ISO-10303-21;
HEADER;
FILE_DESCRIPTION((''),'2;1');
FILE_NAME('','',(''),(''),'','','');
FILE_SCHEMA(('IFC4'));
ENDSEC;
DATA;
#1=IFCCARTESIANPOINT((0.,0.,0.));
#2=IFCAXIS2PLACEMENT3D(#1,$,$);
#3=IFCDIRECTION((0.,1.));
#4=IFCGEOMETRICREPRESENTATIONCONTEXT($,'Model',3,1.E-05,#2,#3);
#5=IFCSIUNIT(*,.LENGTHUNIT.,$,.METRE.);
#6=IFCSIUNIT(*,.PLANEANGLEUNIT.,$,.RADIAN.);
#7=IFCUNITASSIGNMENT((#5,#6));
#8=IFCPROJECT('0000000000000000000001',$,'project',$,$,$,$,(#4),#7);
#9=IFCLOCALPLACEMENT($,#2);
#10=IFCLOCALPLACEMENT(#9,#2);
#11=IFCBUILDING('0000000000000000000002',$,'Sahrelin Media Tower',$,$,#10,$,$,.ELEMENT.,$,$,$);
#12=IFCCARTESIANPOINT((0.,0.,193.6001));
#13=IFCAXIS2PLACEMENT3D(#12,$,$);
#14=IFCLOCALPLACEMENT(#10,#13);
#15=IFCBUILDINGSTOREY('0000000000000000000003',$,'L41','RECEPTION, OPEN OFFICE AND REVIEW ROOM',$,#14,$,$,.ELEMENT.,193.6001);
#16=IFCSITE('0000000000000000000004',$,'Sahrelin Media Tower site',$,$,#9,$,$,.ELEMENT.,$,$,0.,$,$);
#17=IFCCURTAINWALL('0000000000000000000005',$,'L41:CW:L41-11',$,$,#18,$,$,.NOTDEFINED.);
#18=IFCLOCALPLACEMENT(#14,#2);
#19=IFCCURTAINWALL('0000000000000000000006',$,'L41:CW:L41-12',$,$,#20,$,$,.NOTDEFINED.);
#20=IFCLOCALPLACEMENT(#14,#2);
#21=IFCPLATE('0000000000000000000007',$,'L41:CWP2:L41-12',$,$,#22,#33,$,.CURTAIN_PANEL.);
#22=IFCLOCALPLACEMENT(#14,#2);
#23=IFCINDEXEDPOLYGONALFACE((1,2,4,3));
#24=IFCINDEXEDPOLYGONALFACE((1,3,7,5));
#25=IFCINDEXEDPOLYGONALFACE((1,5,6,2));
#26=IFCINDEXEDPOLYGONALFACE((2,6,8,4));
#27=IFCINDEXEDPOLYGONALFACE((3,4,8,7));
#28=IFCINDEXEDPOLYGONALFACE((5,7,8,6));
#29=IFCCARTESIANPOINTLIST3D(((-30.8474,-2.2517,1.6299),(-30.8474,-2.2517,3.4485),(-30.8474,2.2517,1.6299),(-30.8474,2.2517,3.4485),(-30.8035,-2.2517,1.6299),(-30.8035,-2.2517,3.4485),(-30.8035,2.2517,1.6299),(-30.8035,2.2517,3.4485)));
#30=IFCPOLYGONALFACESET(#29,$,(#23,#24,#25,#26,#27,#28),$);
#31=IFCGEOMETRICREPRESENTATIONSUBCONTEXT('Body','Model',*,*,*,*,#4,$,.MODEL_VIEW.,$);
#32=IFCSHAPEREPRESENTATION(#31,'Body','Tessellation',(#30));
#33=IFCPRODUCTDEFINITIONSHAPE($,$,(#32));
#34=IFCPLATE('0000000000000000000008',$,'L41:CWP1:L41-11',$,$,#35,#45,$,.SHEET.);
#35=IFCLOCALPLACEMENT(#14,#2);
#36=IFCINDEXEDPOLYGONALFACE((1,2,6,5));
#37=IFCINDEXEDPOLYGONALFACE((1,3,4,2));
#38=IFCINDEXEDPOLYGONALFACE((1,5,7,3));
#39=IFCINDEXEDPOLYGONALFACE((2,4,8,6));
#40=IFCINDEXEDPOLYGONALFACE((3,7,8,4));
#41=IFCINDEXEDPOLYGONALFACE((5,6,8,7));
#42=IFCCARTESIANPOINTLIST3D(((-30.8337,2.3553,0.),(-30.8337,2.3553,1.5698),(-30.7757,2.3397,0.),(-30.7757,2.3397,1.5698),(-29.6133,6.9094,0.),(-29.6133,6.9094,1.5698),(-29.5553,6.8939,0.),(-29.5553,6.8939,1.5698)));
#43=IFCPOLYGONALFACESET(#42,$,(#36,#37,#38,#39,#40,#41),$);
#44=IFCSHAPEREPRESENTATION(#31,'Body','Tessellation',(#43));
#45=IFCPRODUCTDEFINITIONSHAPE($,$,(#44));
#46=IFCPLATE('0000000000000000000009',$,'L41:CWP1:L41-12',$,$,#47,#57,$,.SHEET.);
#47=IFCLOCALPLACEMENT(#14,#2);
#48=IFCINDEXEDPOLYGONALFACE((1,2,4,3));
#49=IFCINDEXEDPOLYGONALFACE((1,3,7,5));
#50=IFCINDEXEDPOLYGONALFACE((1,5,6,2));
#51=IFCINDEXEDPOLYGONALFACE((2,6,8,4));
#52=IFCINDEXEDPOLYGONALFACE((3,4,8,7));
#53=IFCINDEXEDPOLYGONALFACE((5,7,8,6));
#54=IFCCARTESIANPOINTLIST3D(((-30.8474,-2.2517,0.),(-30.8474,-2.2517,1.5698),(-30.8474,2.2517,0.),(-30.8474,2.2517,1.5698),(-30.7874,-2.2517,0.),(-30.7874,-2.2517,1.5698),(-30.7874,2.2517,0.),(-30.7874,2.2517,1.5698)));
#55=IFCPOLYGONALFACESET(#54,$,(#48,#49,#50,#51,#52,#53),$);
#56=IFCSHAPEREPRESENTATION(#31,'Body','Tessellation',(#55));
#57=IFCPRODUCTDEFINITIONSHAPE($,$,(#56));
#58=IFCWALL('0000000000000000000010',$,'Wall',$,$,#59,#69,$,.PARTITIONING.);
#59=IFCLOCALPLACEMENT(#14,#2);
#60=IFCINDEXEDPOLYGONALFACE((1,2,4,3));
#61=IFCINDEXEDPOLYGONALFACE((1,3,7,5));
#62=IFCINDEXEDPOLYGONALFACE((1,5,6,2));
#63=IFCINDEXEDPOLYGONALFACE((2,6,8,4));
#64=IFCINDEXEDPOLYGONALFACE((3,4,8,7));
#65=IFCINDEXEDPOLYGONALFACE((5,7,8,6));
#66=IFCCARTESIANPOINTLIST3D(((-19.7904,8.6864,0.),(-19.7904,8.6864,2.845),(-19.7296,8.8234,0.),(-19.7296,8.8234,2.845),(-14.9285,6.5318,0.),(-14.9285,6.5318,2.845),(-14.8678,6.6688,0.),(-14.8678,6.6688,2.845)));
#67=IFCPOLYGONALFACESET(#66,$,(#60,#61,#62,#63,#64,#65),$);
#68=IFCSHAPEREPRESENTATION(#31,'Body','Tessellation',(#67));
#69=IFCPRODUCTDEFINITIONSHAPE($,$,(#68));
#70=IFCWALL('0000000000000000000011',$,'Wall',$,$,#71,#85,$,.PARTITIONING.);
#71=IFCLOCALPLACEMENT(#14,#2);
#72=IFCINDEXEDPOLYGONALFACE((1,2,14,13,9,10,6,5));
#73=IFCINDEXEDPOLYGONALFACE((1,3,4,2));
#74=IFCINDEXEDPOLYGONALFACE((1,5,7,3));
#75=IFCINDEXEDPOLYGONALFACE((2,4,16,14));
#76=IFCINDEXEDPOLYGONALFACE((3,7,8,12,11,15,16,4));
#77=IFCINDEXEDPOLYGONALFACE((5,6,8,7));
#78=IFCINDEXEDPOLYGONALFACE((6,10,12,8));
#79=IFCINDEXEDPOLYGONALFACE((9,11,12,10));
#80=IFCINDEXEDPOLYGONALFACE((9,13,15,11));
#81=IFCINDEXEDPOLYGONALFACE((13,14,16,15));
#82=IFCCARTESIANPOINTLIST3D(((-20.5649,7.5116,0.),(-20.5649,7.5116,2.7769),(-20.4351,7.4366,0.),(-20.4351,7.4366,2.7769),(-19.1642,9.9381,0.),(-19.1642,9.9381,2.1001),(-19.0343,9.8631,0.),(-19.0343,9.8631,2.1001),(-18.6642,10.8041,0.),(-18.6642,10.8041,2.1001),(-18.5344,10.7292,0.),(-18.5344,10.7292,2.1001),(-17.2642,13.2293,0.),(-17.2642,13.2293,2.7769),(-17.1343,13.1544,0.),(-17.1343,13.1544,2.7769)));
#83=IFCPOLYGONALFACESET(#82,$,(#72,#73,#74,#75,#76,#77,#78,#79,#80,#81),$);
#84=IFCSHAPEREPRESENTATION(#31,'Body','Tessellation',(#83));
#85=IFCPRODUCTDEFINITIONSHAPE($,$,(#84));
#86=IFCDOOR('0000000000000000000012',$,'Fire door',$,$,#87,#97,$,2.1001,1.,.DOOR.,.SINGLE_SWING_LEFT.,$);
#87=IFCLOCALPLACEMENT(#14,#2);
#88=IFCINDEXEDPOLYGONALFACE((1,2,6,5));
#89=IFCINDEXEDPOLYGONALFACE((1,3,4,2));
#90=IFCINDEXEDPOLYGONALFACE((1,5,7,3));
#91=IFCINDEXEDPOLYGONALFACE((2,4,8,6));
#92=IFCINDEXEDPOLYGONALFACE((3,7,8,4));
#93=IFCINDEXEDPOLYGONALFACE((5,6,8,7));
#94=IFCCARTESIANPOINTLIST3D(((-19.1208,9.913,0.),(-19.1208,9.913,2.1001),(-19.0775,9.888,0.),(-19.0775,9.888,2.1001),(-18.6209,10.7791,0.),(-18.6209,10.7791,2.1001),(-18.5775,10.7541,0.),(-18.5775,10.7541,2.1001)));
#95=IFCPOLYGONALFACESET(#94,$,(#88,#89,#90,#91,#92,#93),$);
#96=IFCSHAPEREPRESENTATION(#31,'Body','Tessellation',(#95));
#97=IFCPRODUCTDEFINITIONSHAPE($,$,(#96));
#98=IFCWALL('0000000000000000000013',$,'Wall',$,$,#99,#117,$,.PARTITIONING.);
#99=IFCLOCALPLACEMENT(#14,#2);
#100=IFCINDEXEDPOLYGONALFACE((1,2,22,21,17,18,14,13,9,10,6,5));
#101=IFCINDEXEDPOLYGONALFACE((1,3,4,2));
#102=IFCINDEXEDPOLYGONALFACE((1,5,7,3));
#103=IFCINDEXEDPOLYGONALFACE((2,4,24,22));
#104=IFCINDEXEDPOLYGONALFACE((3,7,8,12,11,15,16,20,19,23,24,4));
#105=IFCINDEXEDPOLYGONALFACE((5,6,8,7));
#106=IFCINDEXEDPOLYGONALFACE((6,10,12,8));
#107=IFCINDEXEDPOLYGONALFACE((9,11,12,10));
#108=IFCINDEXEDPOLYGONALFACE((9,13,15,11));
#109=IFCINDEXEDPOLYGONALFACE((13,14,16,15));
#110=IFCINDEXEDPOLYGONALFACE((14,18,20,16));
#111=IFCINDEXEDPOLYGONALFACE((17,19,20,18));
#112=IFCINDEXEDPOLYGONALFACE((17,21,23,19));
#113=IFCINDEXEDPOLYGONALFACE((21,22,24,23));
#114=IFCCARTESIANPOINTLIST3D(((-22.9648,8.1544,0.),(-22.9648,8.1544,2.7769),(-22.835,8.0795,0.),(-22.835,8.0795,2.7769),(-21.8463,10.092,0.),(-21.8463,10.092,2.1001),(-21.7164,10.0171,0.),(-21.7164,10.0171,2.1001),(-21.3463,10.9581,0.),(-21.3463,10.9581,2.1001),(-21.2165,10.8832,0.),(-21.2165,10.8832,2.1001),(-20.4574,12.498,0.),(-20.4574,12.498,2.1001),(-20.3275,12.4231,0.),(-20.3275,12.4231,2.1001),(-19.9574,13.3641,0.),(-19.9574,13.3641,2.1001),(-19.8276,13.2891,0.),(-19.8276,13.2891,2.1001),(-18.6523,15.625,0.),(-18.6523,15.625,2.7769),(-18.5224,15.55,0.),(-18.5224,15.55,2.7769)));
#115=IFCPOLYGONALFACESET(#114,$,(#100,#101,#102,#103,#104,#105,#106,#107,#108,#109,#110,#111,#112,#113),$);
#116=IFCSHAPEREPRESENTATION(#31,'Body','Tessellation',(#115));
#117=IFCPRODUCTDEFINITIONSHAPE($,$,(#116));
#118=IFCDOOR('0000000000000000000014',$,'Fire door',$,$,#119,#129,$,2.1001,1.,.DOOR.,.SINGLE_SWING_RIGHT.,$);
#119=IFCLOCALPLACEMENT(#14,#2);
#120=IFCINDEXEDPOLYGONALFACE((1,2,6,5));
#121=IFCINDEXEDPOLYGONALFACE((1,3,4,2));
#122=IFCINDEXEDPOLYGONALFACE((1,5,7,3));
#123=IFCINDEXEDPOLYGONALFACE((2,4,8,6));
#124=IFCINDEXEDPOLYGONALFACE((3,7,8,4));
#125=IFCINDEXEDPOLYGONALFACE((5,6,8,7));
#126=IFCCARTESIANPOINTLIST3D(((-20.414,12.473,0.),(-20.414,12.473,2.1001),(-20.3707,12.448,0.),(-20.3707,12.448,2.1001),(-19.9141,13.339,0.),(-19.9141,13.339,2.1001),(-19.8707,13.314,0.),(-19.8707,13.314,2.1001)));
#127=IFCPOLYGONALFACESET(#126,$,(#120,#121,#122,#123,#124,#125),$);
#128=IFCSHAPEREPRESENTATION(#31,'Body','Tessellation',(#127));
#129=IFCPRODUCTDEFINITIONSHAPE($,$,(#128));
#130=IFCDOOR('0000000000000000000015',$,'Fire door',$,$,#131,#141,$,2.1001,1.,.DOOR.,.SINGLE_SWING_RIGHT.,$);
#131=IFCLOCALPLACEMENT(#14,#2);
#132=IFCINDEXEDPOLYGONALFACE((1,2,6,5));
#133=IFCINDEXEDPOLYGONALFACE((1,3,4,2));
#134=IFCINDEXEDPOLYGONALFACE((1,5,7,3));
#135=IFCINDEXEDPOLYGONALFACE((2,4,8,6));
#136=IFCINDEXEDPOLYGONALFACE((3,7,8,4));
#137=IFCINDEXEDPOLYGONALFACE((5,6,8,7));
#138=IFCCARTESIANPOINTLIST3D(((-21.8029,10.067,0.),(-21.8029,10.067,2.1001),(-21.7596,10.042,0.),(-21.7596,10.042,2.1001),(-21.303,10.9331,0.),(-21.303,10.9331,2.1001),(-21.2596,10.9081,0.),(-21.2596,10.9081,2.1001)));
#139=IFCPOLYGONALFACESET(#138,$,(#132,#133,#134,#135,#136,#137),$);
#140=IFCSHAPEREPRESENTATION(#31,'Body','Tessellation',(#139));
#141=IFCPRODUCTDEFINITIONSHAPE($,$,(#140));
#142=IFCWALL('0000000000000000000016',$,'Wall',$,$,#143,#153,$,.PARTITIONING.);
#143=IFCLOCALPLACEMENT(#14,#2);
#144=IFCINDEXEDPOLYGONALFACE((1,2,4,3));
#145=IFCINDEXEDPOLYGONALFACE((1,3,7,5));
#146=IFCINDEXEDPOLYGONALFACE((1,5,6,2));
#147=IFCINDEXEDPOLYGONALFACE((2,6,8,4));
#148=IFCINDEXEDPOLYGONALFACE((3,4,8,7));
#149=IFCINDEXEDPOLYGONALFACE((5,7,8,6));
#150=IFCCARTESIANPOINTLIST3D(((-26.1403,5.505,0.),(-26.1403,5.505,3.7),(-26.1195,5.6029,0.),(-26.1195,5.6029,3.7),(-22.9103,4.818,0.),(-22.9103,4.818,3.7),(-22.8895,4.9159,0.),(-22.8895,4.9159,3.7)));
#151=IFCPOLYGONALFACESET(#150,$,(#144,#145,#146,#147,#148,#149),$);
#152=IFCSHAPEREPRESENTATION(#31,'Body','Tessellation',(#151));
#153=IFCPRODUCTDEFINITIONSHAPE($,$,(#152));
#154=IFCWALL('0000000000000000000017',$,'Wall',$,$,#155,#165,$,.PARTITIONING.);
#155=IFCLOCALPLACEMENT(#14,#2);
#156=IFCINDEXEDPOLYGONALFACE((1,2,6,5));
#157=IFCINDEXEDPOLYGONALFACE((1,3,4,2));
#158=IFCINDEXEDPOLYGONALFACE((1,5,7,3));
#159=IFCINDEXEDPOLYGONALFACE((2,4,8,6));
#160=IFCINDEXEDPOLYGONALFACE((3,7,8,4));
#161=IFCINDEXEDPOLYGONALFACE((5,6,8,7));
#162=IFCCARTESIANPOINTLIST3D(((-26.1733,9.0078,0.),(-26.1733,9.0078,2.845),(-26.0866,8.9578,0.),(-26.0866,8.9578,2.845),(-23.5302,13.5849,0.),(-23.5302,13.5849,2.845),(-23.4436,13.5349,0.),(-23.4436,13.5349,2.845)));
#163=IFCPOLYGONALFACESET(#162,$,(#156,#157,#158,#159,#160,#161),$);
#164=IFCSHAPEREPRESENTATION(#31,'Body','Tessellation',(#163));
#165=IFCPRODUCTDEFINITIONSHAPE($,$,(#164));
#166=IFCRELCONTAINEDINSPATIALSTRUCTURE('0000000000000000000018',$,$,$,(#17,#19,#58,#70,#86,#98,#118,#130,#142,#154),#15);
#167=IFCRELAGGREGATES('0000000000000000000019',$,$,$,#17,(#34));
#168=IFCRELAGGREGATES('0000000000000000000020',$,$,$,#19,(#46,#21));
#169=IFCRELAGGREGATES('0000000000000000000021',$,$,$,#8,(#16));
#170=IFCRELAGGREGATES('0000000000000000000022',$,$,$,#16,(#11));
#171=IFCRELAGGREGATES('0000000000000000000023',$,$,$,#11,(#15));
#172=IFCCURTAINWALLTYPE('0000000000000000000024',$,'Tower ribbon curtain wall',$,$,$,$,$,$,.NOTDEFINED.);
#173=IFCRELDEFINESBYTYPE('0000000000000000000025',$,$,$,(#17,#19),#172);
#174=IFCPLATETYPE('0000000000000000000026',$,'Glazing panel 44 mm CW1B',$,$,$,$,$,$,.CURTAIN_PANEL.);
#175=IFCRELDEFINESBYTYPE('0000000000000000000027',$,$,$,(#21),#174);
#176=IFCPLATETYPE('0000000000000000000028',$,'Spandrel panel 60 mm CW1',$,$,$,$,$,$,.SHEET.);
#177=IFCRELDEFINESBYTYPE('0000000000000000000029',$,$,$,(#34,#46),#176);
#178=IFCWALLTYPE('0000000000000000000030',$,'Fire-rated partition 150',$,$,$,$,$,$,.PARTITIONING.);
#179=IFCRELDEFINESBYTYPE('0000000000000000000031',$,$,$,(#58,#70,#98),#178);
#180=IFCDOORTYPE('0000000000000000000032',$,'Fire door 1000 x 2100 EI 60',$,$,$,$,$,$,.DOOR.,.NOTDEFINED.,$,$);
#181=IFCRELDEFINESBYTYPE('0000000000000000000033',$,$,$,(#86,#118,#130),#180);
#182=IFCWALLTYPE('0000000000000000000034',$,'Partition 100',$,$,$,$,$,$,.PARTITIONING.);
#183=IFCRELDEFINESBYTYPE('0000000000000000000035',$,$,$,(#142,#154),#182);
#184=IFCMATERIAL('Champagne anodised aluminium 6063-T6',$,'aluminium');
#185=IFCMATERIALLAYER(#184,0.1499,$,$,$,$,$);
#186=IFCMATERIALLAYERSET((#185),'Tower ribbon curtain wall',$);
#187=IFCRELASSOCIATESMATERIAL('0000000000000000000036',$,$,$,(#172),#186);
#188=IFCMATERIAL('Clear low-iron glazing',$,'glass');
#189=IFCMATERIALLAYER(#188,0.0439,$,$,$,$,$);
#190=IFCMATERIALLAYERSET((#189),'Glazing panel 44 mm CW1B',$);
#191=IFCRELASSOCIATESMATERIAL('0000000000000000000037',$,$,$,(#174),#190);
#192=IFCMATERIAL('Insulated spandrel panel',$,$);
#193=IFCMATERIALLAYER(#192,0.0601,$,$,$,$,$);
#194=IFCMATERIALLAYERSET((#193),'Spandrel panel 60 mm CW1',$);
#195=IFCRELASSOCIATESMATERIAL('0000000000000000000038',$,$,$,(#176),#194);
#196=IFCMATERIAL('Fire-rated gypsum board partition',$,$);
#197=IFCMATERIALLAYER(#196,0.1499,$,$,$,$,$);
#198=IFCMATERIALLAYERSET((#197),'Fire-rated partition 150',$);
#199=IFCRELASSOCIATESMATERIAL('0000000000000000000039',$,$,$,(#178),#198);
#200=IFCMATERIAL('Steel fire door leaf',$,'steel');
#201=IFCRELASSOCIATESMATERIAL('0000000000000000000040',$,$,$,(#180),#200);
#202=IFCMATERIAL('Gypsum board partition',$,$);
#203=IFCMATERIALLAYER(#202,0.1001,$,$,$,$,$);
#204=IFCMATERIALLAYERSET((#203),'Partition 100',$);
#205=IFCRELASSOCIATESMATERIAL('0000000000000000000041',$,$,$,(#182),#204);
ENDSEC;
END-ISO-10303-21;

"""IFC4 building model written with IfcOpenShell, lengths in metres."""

from ifc_helpers import new_model, si_unit, direction, frame, frame_2d, origin, place, context, subcontext, project, spatial, polyline, rectangle, outline, extrude, material, layer, layer_set, type_object, element, fill, aggregate, save


model = new_model("IFC4")

# Units and contexts
model_context = context("Model", 3, precision=1e-05, world=origin(), true_north=direction((0.0, 1.0)))
body_context = subcontext(model_context, "Body", "Model", "MODEL_VIEW")
ifc_project = project(units=[si_unit("LENGTHUNIT", "METRE"), si_unit("PLANEANGLEUNIT", "RADIAN")], contexts=[model_context])

# Site, building, storey
site_placement = place(None, origin())
site = spatial("IfcSite", under=ifc_project, at=site_placement, Name="Sahrelin Media Tower site", CompositionType="ELEMENT", RefElevation=0.0)
building_placement = place(site_placement, origin())
building = spatial("IfcBuilding", under=site, at=building_placement, Name="Sahrelin Media Tower", CompositionType="ELEMENT")
storey_placement = place(building_placement, frame((0.0, 0.0, 193.6001)))
storey = spatial("IfcBuildingStorey", under=building, at=storey_placement, Name="L41", Description="RECEPTION, OPEN OFFICE AND REVIEW ROOM", CompositionType="ELEMENT", Elevation=193.6001)

# Curtain wall
ifc_material_1 = material(Name="Champagne anodised aluminium 6063-T6", Category="aluminium")
ifc_layer_1 = layer(ifc_material_1, 0.1499)
ifc_layer_set_1 = layer_set([ifc_layer_1], Name="Tower ribbon curtain wall")
curtain_wall_type = type_object("IfcCurtainWallType", Name="Tower ribbon curtain wall", PredefinedType="NOTDEFINED", material=ifc_layer_set_1)
curtain_wall_1_placement = place(storey_placement, frame((-30.2041, 4.6272, 0.0), z_axis=(0.0, 0.0, 1.0), x_axis=(1.0, 0.0, 0.0)))
curtain_wall_1 = element("IfcCurtainWall", 1, at=curtain_wall_1_placement, inside=storey, type_object=curtain_wall_type, Name="L41:CW:L41-11", PredefinedType="NOTDEFINED")

# Curtain wall
curtain_wall_2_placement = place(storey_placement, frame((-30.8274, 0.0, 0.0), z_axis=(0.0, 0.0, 1.0), x_axis=(1.0, 0.0, 0.0)))
curtain_wall_2 = element("IfcCurtainWall", 2, at=curtain_wall_2_placement, inside=storey, type_object=curtain_wall_type, Name="L41:CW:L41-12", PredefinedType="NOTDEFINED")

# Plates
ifc_material_2 = material(Name="Clear low-iron glazing", Category="glass")
ifc_layer_2 = layer(ifc_material_2, 0.0439)
ifc_layer_set_2 = layer_set([ifc_layer_2], Name="Glazing panel 44 mm CW1B")
plate_type_1 = type_object("IfcPlateType", Name="Glazing panel 44 mm CW1B", PredefinedType="CURTAIN_PANEL", material=ifc_layer_set_2)
plate_1_placement = place(storey_placement, frame((-30.8474, 2.2517, 1.6299), z_axis=(-1.0, 0.0, 0.0), x_axis=(0.0, -1.0, 0.0)))
plate_1 = element("IfcPlate", 3, at=plate_1_placement, type_object=plate_type_1, Name="L41:CWP2:L41-12", PredefinedType="CURTAIN_PANEL", context=body_context, shape_type="SweptSolid", body=[
    extrude(outline(polyline([(0.0, 0.0), (4.5034, 0.0), (4.5034, 1.8186), (0.0, 1.8186), (0.0, 0.0)])), origin(), (0.0, 0.0, -1.0), 0.0439),
])
ifc_material_3 = material(Name="Insulated spandrel panel")
ifc_layer_3 = layer(ifc_material_3, 0.0601)
ifc_layer_set_3 = layer_set([ifc_layer_3], Name="Spandrel panel 60 mm CW1")
plate_type_2 = type_object("IfcPlateType", Name="Spandrel panel 60 mm CW1", PredefinedType="SHEET", material=ifc_layer_set_3)
plate_2_placement = place(storey_placement, frame((-29.6133, 6.9094, 0.0), z_axis=(-0.965917, 0.258852, 0.0), x_axis=(-0.258852, -0.965917, 0.0)))
plate_2 = element("IfcPlate", 4, at=plate_2_placement, type_object=plate_type_2, Name="L41:CWP1:L41-11", PredefinedType="SHEET", context=body_context, shape_type="SweptSolid", body=[
    extrude(outline(polyline([(0.0, 0.0), (4.7148, 0.0), (4.7148, 1.5698), (0.0, 1.5698), (0.0, 0.0)])), origin(), (0.0, 0.0, -1.0), 0.0601),
])
aggregate(curtain_wall_1, [plate_2])
plate_3_placement = place(storey_placement, frame((-30.8474, 2.2517, 0.0), z_axis=(-1.0, 0.0, 0.0), x_axis=(0.0, -1.0, 0.0)))
plate_3 = element("IfcPlate", 5, at=plate_3_placement, type_object=plate_type_2, Name="L41:CWP1:L41-12", PredefinedType="SHEET", context=body_context, shape_type="SweptSolid", body=[
    extrude(outline(polyline([(0.0, 0.0), (4.5034, 0.0), (4.5034, 1.5698), (0.0, 1.5698), (0.0, 0.0)])), origin(), (0.0, 0.0, -1.0), 0.0601),
])
aggregate(curtain_wall_2, [plate_3, plate_1])

# Wall
ifc_material_4 = material(Name="Fire-rated gypsum board partition")
ifc_layer_4 = layer(ifc_material_4, 0.1499)
ifc_layer_set_4 = layer_set([ifc_layer_4], Name="Fire-rated partition 150")
wall_type_1 = type_object("IfcWallType", Name="Fire-rated partition 150", PredefinedType="PARTITIONING", material=ifc_layer_set_4)
wall_1_placement = place(storey_placement, frame((-19.76, 8.7549, 0.0), z_axis=(0.0, 0.0, 1.0), x_axis=(0.914248, -0.405154, 0.0)))
element("IfcWall", 6, at=wall_1_placement, inside=storey, type_object=wall_type_1, Name="Wall", PredefinedType="PARTITIONING", context=body_context, shape_type="SweptSolid", body=[
    extrude(rectangle(XDim=5.3179, YDim=0.1499, at=frame_2d((2.6589, 0.0))), origin(), (0.0, 0.0, 1.0), 2.845),
])

# Wall, opening, door
wall_2_placement = place(storey_placement, frame((-20.5, 7.4741, 0.0), z_axis=(0.0, 0.0, 1.0), x_axis=(0.499957, 0.86605, 0.0)))
wall_2 = element("IfcWall", 7, at=wall_2_placement, inside=storey, type_object=wall_type_1, Name="Wall", PredefinedType="PARTITIONING", context=body_context, shape_type="SweptSolid", body=[
    extrude(rectangle(XDim=6.6021, YDim=0.1499, at=frame_2d((3.301, 0.0))), origin(), (0.0, 0.0, 1.0), 2.7769),
])
opening_1_placement = place(wall_2_placement, frame((2.8018, 0.0, 0.0)))
opening_1 = element("IfcOpeningElement", 8, at=opening_1_placement, cuts=wall_2, PredefinedType="OPENING", context=body_context, shape_type="SweptSolid", body=[
    extrude(rectangle(XDim=1.0, YDim=2.1001, at=frame_2d((0.5, 1.05))), frame((0.0, 0.075, 0.0), z_axis=(0.0, -1.0, 0.0), x_axis=(1.0, 0.0, 0.0)), (0.0, 0.0, 1.0), 0.1499),
])
ifc_material_5 = material(Name="Steel fire door leaf", Category="steel")
door_type = type_object("IfcDoorType", Name="Fire door 1000 x 2100 EI 60", OperationType="NOTDEFINED", PredefinedType="DOOR", material=ifc_material_5)
door_1_placement = place(opening_1_placement, origin())
door_1 = element("IfcDoor", 9, at=door_1_placement, inside=storey, type_object=door_type, Name="Fire door", OperationType="SINGLE_SWING_LEFT", OverallHeight=2.1001, OverallWidth=1.0, PredefinedType="DOOR", context=body_context, shape_type="SweptSolid", body=[
    extrude(rectangle(XDim=1.0, YDim=2.1001, at=frame_2d((0.5, 1.05))), frame((0.0, 0.0249, 0.0), z_axis=(0.0, -1.0, 0.0), x_axis=(1.0, 0.0, 0.0)), (0.0, 0.0, 1.0), 0.05),
])
fill(opening_1, door_1)

# Wall, openings, doors
wall_3_placement = place(storey_placement, frame((-22.8999, 8.1169, 0.0), z_axis=(0.0, 0.0, 1.0), x_axis=(0.49995, 0.866054, 0.0)))
wall_3 = element("IfcWall", 10, at=wall_3_placement, inside=storey, type_object=wall_type_1, Name="Wall", PredefinedType="PARTITIONING", context=body_context, shape_type="SweptSolid", body=[
    extrude(rectangle(XDim=8.626, YDim=0.1499, at=frame_2d((4.313, 0.0))), origin(), (0.0, 0.0, 1.0), 2.7769),
])
opening_2_placement = place(wall_3_placement, frame((5.0154, 0.0, 0.0)))
opening_2 = element("IfcOpeningElement", 11, at=opening_2_placement, cuts=wall_3, PredefinedType="OPENING", context=body_context, shape_type="SweptSolid", body=[
    extrude(rectangle(XDim=1.0, YDim=2.1001, at=frame_2d((0.5, 1.05))), frame((0.0, 0.075, 0.0), z_axis=(0.0, -1.0, 0.0), x_axis=(1.0, 0.0, 0.0)), (0.0, 0.0, 1.0), 0.1499),
])
opening_3_placement = place(wall_3_placement, frame((2.2373, 0.0, 0.0)))
opening_3 = element("IfcOpeningElement", 12, at=opening_3_placement, cuts=wall_3, PredefinedType="OPENING", context=body_context, shape_type="SweptSolid", body=[
    extrude(rectangle(XDim=1.0, YDim=2.1001, at=frame_2d((0.5, 1.05))), frame((0.0, 0.075, 0.0), z_axis=(0.0, -1.0, 0.0), x_axis=(1.0, 0.0, 0.0)), (0.0, 0.0, 1.0), 0.1499),
])
door_2_placement = place(opening_2_placement, origin())
door_2 = element("IfcDoor", 13, at=door_2_placement, inside=storey, type_object=door_type, Name="Fire door", OperationType="SINGLE_SWING_RIGHT", OverallHeight=2.1001, OverallWidth=1.0, PredefinedType="DOOR", context=body_context, shape_type="SweptSolid", body=[
    extrude(rectangle(XDim=1.0, YDim=2.1001, at=frame_2d((0.5, 1.05))), frame((0.0, 0.0249, 0.0), z_axis=(0.0, -1.0, 0.0), x_axis=(1.0, 0.0, 0.0)), (0.0, 0.0, 1.0), 0.05),
])
fill(opening_2, door_2)
door_3_placement = place(opening_3_placement, origin())
door_3 = element("IfcDoor", 14, at=door_3_placement, inside=storey, type_object=door_type, Name="Fire door", OperationType="SINGLE_SWING_RIGHT", OverallHeight=2.1001, OverallWidth=1.0, PredefinedType="DOOR", context=body_context, shape_type="SweptSolid", body=[
    extrude(rectangle(XDim=1.0, YDim=2.1001, at=frame_2d((0.5, 1.05))), frame((0.0, 0.0249, 0.0), z_axis=(0.0, -1.0, 0.0), x_axis=(1.0, 0.0, 0.0)), (0.0, 0.0, 1.0), 0.05),
])
fill(opening_3, door_3)

# Walls
ifc_material_6 = material(Name="Gypsum board partition")
ifc_layer_5 = layer(ifc_material_6, 0.1001)
ifc_layer_set_5 = layer_set([ifc_layer_5], Name="Partition 100")
wall_type_2 = type_object("IfcWallType", Name="Partition 100", PredefinedType="PARTITIONING", material=ifc_layer_set_5)
wall_4_placement = place(storey_placement, frame((-26.1299, 5.554, 0.0), z_axis=(0.0, 0.0, 1.0), x_axis=(0.978119, -0.208044, 0.0)))
element("IfcWall", 15, at=wall_4_placement, inside=storey, type_object=wall_type_2, Name="Wall", PredefinedType="PARTITIONING", context=body_context, shape_type="SweptSolid", body=[
    extrude(rectangle(XDim=3.3022, YDim=0.1001, at=frame_2d((1.6511, 0.0))), origin(), (0.0, 0.0, 1.0), 3.7),
])
wall_5_placement = place(storey_placement, frame((-26.1299, 8.9829, 0.0), z_axis=(0.0, 0.0, 1.0), x_axis=(0.500064, 0.865989, 0.0)))
element("IfcWall", 16, at=wall_5_placement, inside=storey, type_object=wall_type_2, Name="Wall", PredefinedType="PARTITIONING", context=body_context, shape_type="SweptSolid", body=[
    extrude(rectangle(XDim=5.2854, YDim=0.1001, at=frame_2d((2.6426, 0.0))), origin(), (0.0, 0.0, 1.0), 2.845),
])

save(model, "model.ifc")
